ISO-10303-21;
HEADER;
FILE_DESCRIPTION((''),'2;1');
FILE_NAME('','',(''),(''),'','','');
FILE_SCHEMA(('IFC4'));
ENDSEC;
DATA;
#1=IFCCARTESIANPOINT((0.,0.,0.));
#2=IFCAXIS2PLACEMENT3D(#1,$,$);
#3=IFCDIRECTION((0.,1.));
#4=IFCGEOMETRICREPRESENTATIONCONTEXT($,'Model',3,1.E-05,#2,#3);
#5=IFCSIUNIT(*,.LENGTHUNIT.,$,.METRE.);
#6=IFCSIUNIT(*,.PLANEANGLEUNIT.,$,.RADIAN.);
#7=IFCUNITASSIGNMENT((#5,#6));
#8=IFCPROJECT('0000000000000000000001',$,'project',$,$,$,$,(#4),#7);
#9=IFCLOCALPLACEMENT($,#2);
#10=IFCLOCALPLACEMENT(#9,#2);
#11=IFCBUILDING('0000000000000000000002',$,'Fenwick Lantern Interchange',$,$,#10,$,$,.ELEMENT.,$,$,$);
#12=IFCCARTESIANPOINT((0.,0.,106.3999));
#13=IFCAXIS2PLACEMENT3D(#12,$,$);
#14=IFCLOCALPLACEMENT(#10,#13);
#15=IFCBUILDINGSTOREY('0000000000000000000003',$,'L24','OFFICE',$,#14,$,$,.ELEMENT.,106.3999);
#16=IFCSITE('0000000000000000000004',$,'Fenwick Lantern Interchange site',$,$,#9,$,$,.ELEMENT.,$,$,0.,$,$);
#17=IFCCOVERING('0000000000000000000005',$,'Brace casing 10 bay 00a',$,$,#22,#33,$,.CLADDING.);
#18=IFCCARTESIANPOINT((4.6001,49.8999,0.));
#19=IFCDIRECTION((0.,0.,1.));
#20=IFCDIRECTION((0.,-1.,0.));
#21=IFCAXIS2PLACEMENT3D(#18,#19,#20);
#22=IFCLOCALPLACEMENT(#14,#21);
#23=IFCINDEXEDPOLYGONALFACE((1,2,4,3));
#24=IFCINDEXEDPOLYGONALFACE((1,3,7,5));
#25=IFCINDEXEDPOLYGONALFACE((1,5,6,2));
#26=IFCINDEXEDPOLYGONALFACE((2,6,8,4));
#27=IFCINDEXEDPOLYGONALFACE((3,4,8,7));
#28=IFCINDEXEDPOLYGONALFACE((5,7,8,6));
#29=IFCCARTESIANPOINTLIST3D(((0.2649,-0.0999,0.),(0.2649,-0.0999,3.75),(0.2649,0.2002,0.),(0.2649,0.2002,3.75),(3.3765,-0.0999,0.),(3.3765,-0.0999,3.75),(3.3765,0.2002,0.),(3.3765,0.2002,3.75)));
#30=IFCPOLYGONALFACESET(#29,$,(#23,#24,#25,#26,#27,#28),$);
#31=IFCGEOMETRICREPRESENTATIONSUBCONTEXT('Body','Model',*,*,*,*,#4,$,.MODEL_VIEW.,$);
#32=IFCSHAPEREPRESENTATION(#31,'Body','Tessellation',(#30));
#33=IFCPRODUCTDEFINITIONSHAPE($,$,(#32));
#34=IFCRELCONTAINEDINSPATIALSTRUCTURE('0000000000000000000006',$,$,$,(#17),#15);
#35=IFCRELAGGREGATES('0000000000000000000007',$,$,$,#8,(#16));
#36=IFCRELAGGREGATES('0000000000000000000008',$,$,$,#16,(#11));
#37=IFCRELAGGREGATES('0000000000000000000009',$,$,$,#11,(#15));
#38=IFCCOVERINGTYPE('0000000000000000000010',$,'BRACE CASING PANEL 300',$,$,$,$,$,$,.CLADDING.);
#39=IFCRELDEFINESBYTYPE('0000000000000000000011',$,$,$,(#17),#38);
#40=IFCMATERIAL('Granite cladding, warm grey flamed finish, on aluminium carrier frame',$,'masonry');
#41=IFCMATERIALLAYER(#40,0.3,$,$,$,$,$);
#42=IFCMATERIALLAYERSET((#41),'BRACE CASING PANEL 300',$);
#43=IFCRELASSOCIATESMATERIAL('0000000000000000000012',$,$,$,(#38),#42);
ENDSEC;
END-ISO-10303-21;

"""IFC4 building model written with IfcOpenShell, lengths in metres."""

from ifc_helpers import new_model, si_unit, direction, frame, origin, place, context, subcontext, project, spatial, polyline, outline, extrude, material, layer, layer_set, type_object, element, save


model = new_model("IFC4")

# Units and contexts
model_context = context("Model", 3, precision=1e-05, world=origin(), true_north=direction((0.0, 1.0)))
body_context = subcontext(model_context, "Body", "Model", "MODEL_VIEW")
ifc_project = project(units=[si_unit("LENGTHUNIT", "METRE"), si_unit("PLANEANGLEUNIT", "RADIAN")], contexts=[model_context])

# Site, building, storey
site_placement = place(None, origin())
site = spatial("IfcSite", under=ifc_project, at=site_placement, Name="Fenwick Lantern Interchange site", CompositionType="ELEMENT", RefElevation=0.0)
building_placement = place(site_placement, origin())
building = spatial("IfcBuilding", under=site, at=building_placement, Name="Fenwick Lantern Interchange", CompositionType="ELEMENT")
storey_placement = place(building_placement, frame((0.0, 0.0, 106.3999)))
storey = spatial("IfcBuildingStorey", under=building, at=storey_placement, Name="L24", Description="OFFICE", CompositionType="ELEMENT", Elevation=106.3999)

# Covering
ifc_material_1 = material(Name="Granite cladding, warm grey flamed finish, on aluminium carrier frame", Category="masonry")
ifc_layer_1 = layer(ifc_material_1, 0.3)
ifc_layer_set_1 = layer_set([ifc_layer_1], Name="BRACE CASING PANEL 300")
covering_type = type_object("IfcCoveringType", Name="BRACE CASING PANEL 300", PredefinedType="CLADDING", material=ifc_layer_set_1)
covering_placement = place(storey_placement, frame((4.6001, 49.8999, 0.0), z_axis=(0.0, 0.0, 1.0), x_axis=(0.0, -1.0, 0.0)))
element("IfcCovering", 1, at=covering_placement, inside=storey, type_object=covering_type, Name="Brace casing 10 bay 00a", PredefinedType="CLADDING", context=body_context, shape_type="SweptSolid", body=[
    extrude(outline(polyline([(0.2649, 0.0), (3.3765, 0.0), (3.3765, 3.75), (0.2649, 3.75), (0.2649, 0.0)])), frame((0.0, 0.2002, 0.0), z_axis=(0.0, -1.0, 0.0), x_axis=(1.0, 0.0, 0.0)), (0.0, 0.0, 1.0), 0.3),
])

save(model, "model.ifc")
